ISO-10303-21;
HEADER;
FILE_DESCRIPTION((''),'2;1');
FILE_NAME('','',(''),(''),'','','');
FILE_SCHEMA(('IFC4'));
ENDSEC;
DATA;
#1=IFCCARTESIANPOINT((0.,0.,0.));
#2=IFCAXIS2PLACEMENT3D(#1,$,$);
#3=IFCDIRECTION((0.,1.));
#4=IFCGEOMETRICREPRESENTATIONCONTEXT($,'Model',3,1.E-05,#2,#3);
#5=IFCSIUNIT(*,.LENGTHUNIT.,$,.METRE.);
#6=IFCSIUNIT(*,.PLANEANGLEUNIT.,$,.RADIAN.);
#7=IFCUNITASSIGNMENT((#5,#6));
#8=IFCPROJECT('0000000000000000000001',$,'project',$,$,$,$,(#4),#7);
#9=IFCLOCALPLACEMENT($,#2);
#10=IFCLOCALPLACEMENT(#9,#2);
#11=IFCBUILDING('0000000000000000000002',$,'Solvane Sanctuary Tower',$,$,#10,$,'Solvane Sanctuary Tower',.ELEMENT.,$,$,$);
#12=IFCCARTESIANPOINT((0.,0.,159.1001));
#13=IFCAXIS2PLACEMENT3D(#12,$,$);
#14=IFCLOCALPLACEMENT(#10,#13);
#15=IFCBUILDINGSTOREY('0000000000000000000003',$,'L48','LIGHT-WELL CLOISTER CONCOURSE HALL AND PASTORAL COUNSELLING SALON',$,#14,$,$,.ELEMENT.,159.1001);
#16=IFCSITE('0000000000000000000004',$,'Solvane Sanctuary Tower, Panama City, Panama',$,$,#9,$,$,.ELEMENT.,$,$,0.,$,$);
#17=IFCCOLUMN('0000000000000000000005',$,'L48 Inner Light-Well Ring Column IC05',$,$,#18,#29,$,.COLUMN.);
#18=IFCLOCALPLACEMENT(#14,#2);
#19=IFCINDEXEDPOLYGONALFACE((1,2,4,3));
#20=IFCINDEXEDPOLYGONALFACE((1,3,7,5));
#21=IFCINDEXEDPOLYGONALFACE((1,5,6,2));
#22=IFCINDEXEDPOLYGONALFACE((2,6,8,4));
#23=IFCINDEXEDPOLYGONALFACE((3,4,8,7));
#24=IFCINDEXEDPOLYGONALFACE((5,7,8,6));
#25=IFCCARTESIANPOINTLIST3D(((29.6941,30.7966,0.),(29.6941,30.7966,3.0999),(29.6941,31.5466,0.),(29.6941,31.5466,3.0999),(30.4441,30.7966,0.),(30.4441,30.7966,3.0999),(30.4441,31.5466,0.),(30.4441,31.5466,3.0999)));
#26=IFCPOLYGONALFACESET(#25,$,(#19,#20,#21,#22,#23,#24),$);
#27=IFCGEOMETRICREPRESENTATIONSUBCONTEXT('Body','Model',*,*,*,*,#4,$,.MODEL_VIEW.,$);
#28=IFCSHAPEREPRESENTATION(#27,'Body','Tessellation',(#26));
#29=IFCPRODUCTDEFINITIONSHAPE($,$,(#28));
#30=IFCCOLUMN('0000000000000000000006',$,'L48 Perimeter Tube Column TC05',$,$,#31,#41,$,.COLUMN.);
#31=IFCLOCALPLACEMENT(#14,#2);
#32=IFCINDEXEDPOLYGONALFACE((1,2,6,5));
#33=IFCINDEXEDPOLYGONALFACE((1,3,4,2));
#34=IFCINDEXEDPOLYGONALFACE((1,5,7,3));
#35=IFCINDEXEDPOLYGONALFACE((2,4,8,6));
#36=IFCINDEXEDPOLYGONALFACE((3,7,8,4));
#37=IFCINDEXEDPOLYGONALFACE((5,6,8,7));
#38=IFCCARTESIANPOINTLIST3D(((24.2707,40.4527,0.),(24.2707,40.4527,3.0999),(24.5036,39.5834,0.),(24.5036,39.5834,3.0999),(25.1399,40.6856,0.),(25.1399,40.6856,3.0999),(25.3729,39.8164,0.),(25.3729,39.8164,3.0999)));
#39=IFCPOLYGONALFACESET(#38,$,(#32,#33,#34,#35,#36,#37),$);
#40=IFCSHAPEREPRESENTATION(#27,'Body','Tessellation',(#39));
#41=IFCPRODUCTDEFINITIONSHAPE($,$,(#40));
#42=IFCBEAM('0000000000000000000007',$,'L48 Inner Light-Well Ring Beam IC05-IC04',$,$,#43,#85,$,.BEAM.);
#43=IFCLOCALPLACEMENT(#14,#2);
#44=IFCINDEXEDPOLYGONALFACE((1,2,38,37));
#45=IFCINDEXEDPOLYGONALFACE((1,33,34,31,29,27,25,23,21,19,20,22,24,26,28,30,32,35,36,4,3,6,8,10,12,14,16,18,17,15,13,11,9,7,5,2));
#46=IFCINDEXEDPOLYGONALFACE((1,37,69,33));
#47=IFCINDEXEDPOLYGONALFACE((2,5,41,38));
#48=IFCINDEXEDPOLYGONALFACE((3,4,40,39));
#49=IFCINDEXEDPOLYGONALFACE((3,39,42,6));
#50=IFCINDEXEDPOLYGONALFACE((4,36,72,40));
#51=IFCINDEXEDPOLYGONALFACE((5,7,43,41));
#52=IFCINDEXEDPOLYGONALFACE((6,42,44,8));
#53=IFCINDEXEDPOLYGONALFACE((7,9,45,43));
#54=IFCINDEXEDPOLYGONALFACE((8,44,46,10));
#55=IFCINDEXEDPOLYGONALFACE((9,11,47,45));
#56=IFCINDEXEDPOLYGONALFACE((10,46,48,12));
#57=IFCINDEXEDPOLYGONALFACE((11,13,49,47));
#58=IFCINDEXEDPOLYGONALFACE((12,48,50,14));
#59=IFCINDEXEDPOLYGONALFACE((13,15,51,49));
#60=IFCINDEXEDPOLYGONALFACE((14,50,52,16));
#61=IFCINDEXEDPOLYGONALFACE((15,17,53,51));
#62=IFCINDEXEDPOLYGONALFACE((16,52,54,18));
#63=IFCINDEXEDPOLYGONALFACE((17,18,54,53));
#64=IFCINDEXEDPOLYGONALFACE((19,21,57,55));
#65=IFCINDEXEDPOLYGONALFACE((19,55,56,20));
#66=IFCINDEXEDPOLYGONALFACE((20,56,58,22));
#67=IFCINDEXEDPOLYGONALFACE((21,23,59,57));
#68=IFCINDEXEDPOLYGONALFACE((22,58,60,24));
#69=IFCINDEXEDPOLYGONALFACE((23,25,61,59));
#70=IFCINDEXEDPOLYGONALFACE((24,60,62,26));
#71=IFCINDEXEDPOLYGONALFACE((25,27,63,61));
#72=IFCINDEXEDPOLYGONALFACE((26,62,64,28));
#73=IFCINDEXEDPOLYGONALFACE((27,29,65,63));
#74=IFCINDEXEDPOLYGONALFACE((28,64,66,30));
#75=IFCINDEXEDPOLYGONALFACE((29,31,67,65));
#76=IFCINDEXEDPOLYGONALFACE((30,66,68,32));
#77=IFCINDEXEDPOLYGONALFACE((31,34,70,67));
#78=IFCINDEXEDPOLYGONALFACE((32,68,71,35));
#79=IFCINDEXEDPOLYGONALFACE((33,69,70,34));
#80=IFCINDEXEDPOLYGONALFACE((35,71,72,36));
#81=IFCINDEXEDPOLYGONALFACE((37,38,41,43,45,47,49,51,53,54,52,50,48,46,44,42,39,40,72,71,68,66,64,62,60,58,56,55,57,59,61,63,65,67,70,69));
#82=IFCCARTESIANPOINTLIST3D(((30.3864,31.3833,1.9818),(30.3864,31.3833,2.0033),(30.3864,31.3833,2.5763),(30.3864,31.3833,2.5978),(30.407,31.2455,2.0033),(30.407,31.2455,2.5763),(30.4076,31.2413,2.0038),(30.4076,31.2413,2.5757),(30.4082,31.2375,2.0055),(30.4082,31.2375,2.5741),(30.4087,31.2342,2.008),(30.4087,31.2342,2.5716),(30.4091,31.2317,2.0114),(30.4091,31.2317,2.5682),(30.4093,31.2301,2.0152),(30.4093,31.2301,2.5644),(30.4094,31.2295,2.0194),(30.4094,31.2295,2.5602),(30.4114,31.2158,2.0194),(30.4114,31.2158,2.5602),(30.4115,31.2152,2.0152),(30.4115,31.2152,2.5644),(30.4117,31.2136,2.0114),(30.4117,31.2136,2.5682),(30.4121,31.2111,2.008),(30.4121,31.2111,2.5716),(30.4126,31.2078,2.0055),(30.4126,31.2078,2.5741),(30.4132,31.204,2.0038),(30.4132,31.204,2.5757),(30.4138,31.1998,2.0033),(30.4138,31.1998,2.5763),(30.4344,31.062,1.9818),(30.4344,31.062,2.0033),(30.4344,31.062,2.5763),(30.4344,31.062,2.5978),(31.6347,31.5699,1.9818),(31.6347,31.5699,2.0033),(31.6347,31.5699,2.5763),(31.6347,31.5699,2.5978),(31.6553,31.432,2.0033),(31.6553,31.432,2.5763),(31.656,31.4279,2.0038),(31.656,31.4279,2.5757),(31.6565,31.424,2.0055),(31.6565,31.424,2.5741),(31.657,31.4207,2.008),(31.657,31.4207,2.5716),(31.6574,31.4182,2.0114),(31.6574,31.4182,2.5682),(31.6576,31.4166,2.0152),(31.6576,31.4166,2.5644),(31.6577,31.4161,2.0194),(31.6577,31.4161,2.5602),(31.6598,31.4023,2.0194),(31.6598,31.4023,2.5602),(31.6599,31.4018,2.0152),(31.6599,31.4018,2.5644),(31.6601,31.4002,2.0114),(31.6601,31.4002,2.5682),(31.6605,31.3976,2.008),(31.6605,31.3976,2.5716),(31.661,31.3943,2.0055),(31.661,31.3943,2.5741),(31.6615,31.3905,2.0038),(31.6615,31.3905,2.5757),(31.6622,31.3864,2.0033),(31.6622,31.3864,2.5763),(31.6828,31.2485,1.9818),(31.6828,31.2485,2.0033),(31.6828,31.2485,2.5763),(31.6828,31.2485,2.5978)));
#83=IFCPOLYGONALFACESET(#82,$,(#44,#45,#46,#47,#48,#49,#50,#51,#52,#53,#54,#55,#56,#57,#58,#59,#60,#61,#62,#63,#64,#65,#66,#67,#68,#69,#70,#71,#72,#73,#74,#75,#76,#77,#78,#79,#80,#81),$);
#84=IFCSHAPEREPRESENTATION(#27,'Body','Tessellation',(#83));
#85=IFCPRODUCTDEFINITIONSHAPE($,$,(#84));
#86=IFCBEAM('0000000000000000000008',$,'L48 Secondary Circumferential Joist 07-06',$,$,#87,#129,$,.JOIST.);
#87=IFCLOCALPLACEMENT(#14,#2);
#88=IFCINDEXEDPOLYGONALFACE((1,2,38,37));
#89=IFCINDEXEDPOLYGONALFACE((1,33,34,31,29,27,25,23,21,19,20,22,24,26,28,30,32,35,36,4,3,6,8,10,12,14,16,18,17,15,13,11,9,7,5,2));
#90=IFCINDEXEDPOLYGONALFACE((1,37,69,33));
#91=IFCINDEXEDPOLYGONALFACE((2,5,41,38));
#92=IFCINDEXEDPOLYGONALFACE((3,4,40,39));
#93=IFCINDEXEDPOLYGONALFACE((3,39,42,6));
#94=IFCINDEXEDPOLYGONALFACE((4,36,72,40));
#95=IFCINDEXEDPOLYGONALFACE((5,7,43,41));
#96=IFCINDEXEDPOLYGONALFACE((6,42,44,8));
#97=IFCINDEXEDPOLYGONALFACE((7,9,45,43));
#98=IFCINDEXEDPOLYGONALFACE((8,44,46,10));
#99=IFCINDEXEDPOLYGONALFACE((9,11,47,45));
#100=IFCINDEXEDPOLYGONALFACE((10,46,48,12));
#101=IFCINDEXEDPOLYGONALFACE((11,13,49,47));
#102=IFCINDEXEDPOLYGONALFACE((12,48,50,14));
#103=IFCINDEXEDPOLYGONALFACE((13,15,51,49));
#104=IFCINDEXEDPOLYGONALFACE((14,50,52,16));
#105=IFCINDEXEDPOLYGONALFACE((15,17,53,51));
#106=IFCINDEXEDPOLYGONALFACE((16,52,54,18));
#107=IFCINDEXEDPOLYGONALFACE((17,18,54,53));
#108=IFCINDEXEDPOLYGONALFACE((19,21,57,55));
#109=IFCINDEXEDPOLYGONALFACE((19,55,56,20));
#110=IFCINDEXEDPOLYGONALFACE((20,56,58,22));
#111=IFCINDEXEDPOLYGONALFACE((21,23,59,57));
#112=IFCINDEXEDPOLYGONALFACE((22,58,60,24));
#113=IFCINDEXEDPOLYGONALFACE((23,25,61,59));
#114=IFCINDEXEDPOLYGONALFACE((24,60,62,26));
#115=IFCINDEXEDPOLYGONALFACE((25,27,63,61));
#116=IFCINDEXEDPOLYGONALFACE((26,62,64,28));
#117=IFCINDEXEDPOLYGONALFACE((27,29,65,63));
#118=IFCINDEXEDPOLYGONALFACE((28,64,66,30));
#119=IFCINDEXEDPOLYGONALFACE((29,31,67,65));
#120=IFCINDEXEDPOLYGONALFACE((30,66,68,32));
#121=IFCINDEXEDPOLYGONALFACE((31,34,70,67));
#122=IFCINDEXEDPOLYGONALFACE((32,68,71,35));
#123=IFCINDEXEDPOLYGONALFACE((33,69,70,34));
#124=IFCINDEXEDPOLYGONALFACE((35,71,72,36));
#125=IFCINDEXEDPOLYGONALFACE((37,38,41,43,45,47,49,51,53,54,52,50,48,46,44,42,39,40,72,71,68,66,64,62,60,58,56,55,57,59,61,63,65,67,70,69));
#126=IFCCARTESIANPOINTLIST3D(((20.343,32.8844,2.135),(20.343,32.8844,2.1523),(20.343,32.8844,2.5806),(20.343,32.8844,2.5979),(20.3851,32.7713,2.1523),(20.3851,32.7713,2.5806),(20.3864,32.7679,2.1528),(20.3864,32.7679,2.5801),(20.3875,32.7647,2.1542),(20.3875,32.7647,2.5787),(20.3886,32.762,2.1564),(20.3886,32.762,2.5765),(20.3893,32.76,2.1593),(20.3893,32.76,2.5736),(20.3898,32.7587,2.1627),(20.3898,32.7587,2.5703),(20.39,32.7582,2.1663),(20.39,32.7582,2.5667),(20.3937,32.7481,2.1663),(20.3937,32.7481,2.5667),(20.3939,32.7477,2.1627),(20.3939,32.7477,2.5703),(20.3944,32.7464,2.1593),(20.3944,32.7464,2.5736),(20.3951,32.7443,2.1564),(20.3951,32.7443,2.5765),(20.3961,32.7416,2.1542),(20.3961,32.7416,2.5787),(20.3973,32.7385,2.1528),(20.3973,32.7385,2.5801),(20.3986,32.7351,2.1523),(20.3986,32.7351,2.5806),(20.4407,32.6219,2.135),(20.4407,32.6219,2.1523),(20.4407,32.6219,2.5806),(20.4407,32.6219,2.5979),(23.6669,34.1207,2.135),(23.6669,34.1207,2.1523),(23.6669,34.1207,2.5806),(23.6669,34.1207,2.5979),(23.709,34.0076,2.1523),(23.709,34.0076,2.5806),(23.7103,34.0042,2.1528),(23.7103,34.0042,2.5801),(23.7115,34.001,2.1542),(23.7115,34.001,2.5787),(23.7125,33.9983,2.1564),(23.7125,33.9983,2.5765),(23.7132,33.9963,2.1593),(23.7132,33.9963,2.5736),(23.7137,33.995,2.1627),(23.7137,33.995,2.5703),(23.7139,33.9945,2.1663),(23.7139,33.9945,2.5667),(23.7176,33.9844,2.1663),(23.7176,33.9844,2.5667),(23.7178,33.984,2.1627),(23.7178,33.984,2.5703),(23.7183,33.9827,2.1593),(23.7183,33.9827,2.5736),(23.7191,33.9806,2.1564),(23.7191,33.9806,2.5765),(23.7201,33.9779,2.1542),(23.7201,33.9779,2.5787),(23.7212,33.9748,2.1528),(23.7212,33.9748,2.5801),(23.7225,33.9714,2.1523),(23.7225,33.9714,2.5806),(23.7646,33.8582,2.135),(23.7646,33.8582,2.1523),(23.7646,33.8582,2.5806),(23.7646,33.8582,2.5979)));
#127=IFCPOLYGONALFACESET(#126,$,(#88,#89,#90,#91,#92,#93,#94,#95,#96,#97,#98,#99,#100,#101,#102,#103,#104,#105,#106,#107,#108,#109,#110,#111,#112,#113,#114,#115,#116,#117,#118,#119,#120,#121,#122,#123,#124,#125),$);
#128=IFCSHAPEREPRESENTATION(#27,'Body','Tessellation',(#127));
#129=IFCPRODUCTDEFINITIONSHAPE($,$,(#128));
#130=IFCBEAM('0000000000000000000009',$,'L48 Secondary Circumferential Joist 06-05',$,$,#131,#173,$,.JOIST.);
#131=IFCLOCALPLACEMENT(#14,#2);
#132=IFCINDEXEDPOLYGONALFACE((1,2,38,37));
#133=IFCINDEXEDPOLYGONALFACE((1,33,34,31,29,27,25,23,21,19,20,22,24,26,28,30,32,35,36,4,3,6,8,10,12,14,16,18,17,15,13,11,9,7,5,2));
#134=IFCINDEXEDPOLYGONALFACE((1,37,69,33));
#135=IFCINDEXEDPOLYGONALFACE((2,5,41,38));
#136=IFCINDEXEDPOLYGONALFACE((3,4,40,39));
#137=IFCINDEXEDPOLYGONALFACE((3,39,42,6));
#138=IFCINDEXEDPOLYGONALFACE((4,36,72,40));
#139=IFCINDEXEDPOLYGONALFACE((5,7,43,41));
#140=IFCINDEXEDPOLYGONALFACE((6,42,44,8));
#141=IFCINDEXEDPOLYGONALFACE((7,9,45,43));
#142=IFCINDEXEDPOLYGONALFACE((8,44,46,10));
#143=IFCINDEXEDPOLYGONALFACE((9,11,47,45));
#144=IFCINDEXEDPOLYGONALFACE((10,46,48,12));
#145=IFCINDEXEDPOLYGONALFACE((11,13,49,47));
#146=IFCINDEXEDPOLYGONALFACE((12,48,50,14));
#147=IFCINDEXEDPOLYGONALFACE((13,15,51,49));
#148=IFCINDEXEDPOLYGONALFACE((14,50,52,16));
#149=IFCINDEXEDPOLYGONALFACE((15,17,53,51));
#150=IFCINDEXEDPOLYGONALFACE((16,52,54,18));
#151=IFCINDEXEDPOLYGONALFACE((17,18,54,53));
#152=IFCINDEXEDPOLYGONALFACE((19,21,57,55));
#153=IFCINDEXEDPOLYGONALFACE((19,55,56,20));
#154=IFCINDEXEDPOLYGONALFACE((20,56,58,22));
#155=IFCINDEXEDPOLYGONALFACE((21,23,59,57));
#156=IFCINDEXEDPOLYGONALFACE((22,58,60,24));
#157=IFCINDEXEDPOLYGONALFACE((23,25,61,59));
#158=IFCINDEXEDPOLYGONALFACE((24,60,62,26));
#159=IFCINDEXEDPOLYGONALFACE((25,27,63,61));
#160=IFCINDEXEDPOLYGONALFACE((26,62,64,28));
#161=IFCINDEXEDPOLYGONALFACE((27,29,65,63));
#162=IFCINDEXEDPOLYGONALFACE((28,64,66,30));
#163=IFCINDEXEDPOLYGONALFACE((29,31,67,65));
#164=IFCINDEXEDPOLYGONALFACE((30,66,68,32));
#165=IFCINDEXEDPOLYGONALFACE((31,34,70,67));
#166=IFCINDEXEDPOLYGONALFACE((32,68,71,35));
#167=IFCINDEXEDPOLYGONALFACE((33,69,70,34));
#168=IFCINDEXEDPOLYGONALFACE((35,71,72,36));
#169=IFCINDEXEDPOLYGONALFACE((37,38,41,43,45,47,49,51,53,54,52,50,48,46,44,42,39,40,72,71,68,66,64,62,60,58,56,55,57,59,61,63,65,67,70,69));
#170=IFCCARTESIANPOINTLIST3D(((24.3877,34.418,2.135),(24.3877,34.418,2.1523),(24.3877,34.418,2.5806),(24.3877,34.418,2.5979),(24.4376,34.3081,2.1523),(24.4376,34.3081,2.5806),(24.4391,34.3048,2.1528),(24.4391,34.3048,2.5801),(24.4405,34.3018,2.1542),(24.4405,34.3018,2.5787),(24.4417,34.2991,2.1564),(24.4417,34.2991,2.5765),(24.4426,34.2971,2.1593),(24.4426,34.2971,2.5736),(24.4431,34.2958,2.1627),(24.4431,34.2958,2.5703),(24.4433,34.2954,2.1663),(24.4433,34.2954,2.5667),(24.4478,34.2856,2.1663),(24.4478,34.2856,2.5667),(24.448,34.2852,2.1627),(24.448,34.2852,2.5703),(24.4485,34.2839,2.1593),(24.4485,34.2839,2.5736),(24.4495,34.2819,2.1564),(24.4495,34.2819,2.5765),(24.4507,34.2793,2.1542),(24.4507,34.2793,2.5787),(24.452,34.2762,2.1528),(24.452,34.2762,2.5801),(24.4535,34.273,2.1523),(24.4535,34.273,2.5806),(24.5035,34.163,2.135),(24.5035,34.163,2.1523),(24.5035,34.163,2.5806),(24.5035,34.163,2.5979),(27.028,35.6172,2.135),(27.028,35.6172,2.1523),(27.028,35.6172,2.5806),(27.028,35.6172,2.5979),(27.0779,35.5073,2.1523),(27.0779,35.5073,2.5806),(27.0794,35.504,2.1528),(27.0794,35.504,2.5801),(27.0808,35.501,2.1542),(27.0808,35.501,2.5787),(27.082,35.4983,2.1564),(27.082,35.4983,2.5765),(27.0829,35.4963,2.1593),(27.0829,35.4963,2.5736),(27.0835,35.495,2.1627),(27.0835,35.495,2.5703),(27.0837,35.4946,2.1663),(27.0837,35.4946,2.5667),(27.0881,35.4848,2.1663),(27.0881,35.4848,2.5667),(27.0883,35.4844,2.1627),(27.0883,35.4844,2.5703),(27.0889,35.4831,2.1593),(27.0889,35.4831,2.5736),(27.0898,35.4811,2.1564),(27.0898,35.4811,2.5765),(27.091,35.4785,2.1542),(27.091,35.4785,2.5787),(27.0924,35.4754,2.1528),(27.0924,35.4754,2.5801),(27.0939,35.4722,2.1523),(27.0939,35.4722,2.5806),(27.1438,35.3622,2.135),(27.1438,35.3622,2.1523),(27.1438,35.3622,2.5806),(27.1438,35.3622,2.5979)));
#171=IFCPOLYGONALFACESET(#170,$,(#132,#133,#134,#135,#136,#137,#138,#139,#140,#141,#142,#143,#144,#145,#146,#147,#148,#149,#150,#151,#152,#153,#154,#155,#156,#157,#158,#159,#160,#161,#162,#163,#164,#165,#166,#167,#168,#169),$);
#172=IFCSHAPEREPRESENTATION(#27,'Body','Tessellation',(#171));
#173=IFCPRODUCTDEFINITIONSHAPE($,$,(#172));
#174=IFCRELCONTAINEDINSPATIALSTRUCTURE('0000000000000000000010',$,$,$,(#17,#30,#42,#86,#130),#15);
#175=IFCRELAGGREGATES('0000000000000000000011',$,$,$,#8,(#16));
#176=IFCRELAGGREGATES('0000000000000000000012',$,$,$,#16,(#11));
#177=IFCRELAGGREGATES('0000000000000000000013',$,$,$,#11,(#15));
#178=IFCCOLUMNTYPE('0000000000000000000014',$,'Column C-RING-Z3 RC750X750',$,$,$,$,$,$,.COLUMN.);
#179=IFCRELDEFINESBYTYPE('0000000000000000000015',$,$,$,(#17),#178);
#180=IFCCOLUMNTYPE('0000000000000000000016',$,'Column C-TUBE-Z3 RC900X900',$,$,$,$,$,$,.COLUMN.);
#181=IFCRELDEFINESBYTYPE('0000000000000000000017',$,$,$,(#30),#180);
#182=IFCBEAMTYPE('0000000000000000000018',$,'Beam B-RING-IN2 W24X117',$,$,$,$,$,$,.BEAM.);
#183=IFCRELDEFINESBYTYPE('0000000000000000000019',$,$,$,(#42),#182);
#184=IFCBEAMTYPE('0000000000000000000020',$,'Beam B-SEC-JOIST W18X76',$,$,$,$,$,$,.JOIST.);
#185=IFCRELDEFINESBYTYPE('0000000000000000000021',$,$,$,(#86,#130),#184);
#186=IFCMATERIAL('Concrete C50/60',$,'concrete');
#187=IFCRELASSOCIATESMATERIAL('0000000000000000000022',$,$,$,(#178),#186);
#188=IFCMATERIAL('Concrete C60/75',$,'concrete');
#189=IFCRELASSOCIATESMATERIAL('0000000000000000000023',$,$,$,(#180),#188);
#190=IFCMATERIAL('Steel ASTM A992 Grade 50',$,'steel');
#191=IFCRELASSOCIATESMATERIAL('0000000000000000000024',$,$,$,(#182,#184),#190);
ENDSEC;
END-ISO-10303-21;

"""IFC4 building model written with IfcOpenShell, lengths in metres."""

from ifc_helpers import new_model, si_unit, direction, frame, origin, origin_2d, place, context, subcontext, project, spatial, rectangle, i_section, extrude, material, material_profile, profile_set, type_object, element, save


model = new_model("IFC4")

# Units and contexts
model_context = context("Model", 3, precision=1e-05, world=origin(), true_north=direction((0.0, 1.0)))
body_context = subcontext(model_context, "Body", "Model", "MODEL_VIEW")
ifc_project = project(units=[si_unit("LENGTHUNIT", "METRE"), si_unit("PLANEANGLEUNIT", "RADIAN")], contexts=[model_context])

# Site, building, storey
site_placement = place(None, origin())
site = spatial("IfcSite", under=ifc_project, at=site_placement, Name="Solvane Sanctuary Tower, Panama City, Panama", CompositionType="ELEMENT", RefElevation=0.0)
building_placement = place(site_placement, origin())
building = spatial("IfcBuilding", under=site, at=building_placement, Name="Solvane Sanctuary Tower", LongName="Solvane Sanctuary Tower", CompositionType="ELEMENT")
storey_placement = place(building_placement, frame((0.0, 0.0, 159.1001)))
storey = spatial("IfcBuildingStorey", under=building, at=storey_placement, Name="L48", Description="LIGHT-WELL CLOISTER CONCOURSE HALL AND PASTORAL COUNSELLING SALON", CompositionType="ELEMENT", Elevation=159.1001)

# Columns
ifc_material_1 = material(Name="Concrete C50/60", Category="concrete")
ifc_material_profile_1 = material_profile(ifc_material_1, rectangle(XDim=0.75, YDim=0.75, at=origin_2d()), Name="RC750X750")
ifc_profile_set_1 = profile_set([ifc_material_profile_1], Name="Concrete C50/60")
column_type_1 = type_object("IfcColumnType", Name="Column C-RING-Z3 RC750X750", PredefinedType="COLUMN", material=ifc_profile_set_1)
column_1_placement = place(storey_placement, frame((30.0691, 31.1716, 0.0), z_axis=(0.0, 0.0, 1.0), x_axis=(1.0, 0.0, 0.0)))
element("IfcColumn", 1, at=column_1_placement, inside=storey, type_object=column_type_1, Name="L48 Inner Light-Well Ring Column IC05", PredefinedType="COLUMN", context=body_context, shape_type="SweptSolid", body=[
    extrude(rectangle(XDim=0.75, YDim=0.75, at=origin_2d()), origin(), (0.0, 0.0, 1.0), 3.0999),
])
ifc_material_2 = material(Name="Concrete C60/75", Category="concrete")
ifc_material_profile_2 = material_profile(ifc_material_2, rectangle(XDim=0.8999, YDim=0.8999, at=origin_2d()), Name="RC900X900")
ifc_profile_set_2 = profile_set([ifc_material_profile_2], Name="Concrete C60/75")
column_type_2 = type_object("IfcColumnType", Name="Column C-TUBE-Z3 RC900X900", PredefinedType="COLUMN", material=ifc_profile_set_2)
column_2_placement = place(storey_placement, frame((24.8218, 40.1345, 0.0), z_axis=(0.0, 0.0, 1.0), x_axis=(-0.258819, 0.965926, 0.0)))
element("IfcColumn", 2, at=column_2_placement, inside=storey, type_object=column_type_2, Name="L48 Perimeter Tube Column TC05", PredefinedType="COLUMN", context=body_context, shape_type="SweptSolid", body=[
    extrude(rectangle(XDim=0.8999, YDim=0.8999, at=origin_2d()), origin(), (0.0, 0.0, 1.0), 3.0999),
])

# Beams
ifc_material_3 = material(Name="Steel ASTM A992 Grade 50", Category="steel")
ifc_material_profile_3 = material_profile(ifc_material_3, i_section(OverallWidth=0.325, OverallDepth=0.616, WebThickness=0.0139, FlangeThickness=0.0215, FilletRadius=0.0161, at=origin_2d()), Name="W24X117")
ifc_profile_set_3 = profile_set([ifc_material_profile_3], Name="Steel ASTM A992 Grade 50")
beam_type_1 = type_object("IfcBeamType", Name="Beam B-RING-IN2 W24X117", PredefinedType="BEAM", material=ifc_profile_set_3)
beam_1_placement = place(storey_placement, frame((30.4104, 31.2227, 2.2898), z_axis=(0.98902, 0.147782, 0.0), x_axis=(-0.147782, 0.98902, 0.0)))
element("IfcBeam", 3, at=beam_1_placement, inside=storey, type_object=beam_type_1, Name="L48 Inner Light-Well Ring Beam IC05-IC04", PredefinedType="BEAM", context=body_context, shape_type="SweptSolid", body=[
    extrude(i_section(OverallWidth=0.325, OverallDepth=0.616, WebThickness=0.0139, FlangeThickness=0.0215, FilletRadius=0.0161, at=origin_2d()), origin(), (0.0, 0.0, 1.0), 1.2622),
])
ifc_material_profile_4 = material_profile(ifc_material_3, i_section(OverallWidth=0.28, OverallDepth=0.4629, WebThickness=0.0107, FlangeThickness=0.0173, FilletRadius=0.0139, at=origin_2d()), Name="W18X76")
ifc_profile_set_4 = profile_set([ifc_material_profile_4], Name="Steel ASTM A992 Grade 50")
beam_type_2 = type_object("IfcBeamType", Name="Beam B-SEC-JOIST W18X76", PredefinedType="JOIST", material=ifc_profile_set_4)
beam_2_placement = place(storey_placement, frame((20.3918, 32.7532, 2.3665), z_axis=(0.937268, 0.34861, 0.0), x_axis=(-0.34861, 0.937268, 0.0)))
element("IfcBeam", 4, at=beam_2_placement, inside=storey, type_object=beam_type_2, Name="L48 Secondary Circumferential Joist 07-06", PredefinedType="JOIST", context=body_context, shape_type="SweptSolid", body=[
    extrude(i_section(OverallWidth=0.28, OverallDepth=0.4629, WebThickness=0.0107, FlangeThickness=0.0173, FilletRadius=0.0139, at=origin_2d()), origin(), (0.0, 0.0, 1.0), 3.5464),
])
beam_3_placement = place(storey_placement, frame((24.4456, 34.2905, 2.3665), z_axis=(0.91049, 0.41353, 0.0), x_axis=(-0.41353, 0.91049, 0.0)))
element("IfcBeam", 5, at=beam_3_placement, inside=storey, type_object=beam_type_2, Name="L48 Secondary Circumferential Joist 06-05", PredefinedType="JOIST", context=body_context, shape_type="SweptSolid", body=[
    extrude(i_section(OverallWidth=0.28, OverallDepth=0.4629, WebThickness=0.0107, FlangeThickness=0.0173, FilletRadius=0.0139, at=origin_2d()), origin(), (0.0, 0.0, 1.0), 2.8999),
])

save(model, "model.ifc")
